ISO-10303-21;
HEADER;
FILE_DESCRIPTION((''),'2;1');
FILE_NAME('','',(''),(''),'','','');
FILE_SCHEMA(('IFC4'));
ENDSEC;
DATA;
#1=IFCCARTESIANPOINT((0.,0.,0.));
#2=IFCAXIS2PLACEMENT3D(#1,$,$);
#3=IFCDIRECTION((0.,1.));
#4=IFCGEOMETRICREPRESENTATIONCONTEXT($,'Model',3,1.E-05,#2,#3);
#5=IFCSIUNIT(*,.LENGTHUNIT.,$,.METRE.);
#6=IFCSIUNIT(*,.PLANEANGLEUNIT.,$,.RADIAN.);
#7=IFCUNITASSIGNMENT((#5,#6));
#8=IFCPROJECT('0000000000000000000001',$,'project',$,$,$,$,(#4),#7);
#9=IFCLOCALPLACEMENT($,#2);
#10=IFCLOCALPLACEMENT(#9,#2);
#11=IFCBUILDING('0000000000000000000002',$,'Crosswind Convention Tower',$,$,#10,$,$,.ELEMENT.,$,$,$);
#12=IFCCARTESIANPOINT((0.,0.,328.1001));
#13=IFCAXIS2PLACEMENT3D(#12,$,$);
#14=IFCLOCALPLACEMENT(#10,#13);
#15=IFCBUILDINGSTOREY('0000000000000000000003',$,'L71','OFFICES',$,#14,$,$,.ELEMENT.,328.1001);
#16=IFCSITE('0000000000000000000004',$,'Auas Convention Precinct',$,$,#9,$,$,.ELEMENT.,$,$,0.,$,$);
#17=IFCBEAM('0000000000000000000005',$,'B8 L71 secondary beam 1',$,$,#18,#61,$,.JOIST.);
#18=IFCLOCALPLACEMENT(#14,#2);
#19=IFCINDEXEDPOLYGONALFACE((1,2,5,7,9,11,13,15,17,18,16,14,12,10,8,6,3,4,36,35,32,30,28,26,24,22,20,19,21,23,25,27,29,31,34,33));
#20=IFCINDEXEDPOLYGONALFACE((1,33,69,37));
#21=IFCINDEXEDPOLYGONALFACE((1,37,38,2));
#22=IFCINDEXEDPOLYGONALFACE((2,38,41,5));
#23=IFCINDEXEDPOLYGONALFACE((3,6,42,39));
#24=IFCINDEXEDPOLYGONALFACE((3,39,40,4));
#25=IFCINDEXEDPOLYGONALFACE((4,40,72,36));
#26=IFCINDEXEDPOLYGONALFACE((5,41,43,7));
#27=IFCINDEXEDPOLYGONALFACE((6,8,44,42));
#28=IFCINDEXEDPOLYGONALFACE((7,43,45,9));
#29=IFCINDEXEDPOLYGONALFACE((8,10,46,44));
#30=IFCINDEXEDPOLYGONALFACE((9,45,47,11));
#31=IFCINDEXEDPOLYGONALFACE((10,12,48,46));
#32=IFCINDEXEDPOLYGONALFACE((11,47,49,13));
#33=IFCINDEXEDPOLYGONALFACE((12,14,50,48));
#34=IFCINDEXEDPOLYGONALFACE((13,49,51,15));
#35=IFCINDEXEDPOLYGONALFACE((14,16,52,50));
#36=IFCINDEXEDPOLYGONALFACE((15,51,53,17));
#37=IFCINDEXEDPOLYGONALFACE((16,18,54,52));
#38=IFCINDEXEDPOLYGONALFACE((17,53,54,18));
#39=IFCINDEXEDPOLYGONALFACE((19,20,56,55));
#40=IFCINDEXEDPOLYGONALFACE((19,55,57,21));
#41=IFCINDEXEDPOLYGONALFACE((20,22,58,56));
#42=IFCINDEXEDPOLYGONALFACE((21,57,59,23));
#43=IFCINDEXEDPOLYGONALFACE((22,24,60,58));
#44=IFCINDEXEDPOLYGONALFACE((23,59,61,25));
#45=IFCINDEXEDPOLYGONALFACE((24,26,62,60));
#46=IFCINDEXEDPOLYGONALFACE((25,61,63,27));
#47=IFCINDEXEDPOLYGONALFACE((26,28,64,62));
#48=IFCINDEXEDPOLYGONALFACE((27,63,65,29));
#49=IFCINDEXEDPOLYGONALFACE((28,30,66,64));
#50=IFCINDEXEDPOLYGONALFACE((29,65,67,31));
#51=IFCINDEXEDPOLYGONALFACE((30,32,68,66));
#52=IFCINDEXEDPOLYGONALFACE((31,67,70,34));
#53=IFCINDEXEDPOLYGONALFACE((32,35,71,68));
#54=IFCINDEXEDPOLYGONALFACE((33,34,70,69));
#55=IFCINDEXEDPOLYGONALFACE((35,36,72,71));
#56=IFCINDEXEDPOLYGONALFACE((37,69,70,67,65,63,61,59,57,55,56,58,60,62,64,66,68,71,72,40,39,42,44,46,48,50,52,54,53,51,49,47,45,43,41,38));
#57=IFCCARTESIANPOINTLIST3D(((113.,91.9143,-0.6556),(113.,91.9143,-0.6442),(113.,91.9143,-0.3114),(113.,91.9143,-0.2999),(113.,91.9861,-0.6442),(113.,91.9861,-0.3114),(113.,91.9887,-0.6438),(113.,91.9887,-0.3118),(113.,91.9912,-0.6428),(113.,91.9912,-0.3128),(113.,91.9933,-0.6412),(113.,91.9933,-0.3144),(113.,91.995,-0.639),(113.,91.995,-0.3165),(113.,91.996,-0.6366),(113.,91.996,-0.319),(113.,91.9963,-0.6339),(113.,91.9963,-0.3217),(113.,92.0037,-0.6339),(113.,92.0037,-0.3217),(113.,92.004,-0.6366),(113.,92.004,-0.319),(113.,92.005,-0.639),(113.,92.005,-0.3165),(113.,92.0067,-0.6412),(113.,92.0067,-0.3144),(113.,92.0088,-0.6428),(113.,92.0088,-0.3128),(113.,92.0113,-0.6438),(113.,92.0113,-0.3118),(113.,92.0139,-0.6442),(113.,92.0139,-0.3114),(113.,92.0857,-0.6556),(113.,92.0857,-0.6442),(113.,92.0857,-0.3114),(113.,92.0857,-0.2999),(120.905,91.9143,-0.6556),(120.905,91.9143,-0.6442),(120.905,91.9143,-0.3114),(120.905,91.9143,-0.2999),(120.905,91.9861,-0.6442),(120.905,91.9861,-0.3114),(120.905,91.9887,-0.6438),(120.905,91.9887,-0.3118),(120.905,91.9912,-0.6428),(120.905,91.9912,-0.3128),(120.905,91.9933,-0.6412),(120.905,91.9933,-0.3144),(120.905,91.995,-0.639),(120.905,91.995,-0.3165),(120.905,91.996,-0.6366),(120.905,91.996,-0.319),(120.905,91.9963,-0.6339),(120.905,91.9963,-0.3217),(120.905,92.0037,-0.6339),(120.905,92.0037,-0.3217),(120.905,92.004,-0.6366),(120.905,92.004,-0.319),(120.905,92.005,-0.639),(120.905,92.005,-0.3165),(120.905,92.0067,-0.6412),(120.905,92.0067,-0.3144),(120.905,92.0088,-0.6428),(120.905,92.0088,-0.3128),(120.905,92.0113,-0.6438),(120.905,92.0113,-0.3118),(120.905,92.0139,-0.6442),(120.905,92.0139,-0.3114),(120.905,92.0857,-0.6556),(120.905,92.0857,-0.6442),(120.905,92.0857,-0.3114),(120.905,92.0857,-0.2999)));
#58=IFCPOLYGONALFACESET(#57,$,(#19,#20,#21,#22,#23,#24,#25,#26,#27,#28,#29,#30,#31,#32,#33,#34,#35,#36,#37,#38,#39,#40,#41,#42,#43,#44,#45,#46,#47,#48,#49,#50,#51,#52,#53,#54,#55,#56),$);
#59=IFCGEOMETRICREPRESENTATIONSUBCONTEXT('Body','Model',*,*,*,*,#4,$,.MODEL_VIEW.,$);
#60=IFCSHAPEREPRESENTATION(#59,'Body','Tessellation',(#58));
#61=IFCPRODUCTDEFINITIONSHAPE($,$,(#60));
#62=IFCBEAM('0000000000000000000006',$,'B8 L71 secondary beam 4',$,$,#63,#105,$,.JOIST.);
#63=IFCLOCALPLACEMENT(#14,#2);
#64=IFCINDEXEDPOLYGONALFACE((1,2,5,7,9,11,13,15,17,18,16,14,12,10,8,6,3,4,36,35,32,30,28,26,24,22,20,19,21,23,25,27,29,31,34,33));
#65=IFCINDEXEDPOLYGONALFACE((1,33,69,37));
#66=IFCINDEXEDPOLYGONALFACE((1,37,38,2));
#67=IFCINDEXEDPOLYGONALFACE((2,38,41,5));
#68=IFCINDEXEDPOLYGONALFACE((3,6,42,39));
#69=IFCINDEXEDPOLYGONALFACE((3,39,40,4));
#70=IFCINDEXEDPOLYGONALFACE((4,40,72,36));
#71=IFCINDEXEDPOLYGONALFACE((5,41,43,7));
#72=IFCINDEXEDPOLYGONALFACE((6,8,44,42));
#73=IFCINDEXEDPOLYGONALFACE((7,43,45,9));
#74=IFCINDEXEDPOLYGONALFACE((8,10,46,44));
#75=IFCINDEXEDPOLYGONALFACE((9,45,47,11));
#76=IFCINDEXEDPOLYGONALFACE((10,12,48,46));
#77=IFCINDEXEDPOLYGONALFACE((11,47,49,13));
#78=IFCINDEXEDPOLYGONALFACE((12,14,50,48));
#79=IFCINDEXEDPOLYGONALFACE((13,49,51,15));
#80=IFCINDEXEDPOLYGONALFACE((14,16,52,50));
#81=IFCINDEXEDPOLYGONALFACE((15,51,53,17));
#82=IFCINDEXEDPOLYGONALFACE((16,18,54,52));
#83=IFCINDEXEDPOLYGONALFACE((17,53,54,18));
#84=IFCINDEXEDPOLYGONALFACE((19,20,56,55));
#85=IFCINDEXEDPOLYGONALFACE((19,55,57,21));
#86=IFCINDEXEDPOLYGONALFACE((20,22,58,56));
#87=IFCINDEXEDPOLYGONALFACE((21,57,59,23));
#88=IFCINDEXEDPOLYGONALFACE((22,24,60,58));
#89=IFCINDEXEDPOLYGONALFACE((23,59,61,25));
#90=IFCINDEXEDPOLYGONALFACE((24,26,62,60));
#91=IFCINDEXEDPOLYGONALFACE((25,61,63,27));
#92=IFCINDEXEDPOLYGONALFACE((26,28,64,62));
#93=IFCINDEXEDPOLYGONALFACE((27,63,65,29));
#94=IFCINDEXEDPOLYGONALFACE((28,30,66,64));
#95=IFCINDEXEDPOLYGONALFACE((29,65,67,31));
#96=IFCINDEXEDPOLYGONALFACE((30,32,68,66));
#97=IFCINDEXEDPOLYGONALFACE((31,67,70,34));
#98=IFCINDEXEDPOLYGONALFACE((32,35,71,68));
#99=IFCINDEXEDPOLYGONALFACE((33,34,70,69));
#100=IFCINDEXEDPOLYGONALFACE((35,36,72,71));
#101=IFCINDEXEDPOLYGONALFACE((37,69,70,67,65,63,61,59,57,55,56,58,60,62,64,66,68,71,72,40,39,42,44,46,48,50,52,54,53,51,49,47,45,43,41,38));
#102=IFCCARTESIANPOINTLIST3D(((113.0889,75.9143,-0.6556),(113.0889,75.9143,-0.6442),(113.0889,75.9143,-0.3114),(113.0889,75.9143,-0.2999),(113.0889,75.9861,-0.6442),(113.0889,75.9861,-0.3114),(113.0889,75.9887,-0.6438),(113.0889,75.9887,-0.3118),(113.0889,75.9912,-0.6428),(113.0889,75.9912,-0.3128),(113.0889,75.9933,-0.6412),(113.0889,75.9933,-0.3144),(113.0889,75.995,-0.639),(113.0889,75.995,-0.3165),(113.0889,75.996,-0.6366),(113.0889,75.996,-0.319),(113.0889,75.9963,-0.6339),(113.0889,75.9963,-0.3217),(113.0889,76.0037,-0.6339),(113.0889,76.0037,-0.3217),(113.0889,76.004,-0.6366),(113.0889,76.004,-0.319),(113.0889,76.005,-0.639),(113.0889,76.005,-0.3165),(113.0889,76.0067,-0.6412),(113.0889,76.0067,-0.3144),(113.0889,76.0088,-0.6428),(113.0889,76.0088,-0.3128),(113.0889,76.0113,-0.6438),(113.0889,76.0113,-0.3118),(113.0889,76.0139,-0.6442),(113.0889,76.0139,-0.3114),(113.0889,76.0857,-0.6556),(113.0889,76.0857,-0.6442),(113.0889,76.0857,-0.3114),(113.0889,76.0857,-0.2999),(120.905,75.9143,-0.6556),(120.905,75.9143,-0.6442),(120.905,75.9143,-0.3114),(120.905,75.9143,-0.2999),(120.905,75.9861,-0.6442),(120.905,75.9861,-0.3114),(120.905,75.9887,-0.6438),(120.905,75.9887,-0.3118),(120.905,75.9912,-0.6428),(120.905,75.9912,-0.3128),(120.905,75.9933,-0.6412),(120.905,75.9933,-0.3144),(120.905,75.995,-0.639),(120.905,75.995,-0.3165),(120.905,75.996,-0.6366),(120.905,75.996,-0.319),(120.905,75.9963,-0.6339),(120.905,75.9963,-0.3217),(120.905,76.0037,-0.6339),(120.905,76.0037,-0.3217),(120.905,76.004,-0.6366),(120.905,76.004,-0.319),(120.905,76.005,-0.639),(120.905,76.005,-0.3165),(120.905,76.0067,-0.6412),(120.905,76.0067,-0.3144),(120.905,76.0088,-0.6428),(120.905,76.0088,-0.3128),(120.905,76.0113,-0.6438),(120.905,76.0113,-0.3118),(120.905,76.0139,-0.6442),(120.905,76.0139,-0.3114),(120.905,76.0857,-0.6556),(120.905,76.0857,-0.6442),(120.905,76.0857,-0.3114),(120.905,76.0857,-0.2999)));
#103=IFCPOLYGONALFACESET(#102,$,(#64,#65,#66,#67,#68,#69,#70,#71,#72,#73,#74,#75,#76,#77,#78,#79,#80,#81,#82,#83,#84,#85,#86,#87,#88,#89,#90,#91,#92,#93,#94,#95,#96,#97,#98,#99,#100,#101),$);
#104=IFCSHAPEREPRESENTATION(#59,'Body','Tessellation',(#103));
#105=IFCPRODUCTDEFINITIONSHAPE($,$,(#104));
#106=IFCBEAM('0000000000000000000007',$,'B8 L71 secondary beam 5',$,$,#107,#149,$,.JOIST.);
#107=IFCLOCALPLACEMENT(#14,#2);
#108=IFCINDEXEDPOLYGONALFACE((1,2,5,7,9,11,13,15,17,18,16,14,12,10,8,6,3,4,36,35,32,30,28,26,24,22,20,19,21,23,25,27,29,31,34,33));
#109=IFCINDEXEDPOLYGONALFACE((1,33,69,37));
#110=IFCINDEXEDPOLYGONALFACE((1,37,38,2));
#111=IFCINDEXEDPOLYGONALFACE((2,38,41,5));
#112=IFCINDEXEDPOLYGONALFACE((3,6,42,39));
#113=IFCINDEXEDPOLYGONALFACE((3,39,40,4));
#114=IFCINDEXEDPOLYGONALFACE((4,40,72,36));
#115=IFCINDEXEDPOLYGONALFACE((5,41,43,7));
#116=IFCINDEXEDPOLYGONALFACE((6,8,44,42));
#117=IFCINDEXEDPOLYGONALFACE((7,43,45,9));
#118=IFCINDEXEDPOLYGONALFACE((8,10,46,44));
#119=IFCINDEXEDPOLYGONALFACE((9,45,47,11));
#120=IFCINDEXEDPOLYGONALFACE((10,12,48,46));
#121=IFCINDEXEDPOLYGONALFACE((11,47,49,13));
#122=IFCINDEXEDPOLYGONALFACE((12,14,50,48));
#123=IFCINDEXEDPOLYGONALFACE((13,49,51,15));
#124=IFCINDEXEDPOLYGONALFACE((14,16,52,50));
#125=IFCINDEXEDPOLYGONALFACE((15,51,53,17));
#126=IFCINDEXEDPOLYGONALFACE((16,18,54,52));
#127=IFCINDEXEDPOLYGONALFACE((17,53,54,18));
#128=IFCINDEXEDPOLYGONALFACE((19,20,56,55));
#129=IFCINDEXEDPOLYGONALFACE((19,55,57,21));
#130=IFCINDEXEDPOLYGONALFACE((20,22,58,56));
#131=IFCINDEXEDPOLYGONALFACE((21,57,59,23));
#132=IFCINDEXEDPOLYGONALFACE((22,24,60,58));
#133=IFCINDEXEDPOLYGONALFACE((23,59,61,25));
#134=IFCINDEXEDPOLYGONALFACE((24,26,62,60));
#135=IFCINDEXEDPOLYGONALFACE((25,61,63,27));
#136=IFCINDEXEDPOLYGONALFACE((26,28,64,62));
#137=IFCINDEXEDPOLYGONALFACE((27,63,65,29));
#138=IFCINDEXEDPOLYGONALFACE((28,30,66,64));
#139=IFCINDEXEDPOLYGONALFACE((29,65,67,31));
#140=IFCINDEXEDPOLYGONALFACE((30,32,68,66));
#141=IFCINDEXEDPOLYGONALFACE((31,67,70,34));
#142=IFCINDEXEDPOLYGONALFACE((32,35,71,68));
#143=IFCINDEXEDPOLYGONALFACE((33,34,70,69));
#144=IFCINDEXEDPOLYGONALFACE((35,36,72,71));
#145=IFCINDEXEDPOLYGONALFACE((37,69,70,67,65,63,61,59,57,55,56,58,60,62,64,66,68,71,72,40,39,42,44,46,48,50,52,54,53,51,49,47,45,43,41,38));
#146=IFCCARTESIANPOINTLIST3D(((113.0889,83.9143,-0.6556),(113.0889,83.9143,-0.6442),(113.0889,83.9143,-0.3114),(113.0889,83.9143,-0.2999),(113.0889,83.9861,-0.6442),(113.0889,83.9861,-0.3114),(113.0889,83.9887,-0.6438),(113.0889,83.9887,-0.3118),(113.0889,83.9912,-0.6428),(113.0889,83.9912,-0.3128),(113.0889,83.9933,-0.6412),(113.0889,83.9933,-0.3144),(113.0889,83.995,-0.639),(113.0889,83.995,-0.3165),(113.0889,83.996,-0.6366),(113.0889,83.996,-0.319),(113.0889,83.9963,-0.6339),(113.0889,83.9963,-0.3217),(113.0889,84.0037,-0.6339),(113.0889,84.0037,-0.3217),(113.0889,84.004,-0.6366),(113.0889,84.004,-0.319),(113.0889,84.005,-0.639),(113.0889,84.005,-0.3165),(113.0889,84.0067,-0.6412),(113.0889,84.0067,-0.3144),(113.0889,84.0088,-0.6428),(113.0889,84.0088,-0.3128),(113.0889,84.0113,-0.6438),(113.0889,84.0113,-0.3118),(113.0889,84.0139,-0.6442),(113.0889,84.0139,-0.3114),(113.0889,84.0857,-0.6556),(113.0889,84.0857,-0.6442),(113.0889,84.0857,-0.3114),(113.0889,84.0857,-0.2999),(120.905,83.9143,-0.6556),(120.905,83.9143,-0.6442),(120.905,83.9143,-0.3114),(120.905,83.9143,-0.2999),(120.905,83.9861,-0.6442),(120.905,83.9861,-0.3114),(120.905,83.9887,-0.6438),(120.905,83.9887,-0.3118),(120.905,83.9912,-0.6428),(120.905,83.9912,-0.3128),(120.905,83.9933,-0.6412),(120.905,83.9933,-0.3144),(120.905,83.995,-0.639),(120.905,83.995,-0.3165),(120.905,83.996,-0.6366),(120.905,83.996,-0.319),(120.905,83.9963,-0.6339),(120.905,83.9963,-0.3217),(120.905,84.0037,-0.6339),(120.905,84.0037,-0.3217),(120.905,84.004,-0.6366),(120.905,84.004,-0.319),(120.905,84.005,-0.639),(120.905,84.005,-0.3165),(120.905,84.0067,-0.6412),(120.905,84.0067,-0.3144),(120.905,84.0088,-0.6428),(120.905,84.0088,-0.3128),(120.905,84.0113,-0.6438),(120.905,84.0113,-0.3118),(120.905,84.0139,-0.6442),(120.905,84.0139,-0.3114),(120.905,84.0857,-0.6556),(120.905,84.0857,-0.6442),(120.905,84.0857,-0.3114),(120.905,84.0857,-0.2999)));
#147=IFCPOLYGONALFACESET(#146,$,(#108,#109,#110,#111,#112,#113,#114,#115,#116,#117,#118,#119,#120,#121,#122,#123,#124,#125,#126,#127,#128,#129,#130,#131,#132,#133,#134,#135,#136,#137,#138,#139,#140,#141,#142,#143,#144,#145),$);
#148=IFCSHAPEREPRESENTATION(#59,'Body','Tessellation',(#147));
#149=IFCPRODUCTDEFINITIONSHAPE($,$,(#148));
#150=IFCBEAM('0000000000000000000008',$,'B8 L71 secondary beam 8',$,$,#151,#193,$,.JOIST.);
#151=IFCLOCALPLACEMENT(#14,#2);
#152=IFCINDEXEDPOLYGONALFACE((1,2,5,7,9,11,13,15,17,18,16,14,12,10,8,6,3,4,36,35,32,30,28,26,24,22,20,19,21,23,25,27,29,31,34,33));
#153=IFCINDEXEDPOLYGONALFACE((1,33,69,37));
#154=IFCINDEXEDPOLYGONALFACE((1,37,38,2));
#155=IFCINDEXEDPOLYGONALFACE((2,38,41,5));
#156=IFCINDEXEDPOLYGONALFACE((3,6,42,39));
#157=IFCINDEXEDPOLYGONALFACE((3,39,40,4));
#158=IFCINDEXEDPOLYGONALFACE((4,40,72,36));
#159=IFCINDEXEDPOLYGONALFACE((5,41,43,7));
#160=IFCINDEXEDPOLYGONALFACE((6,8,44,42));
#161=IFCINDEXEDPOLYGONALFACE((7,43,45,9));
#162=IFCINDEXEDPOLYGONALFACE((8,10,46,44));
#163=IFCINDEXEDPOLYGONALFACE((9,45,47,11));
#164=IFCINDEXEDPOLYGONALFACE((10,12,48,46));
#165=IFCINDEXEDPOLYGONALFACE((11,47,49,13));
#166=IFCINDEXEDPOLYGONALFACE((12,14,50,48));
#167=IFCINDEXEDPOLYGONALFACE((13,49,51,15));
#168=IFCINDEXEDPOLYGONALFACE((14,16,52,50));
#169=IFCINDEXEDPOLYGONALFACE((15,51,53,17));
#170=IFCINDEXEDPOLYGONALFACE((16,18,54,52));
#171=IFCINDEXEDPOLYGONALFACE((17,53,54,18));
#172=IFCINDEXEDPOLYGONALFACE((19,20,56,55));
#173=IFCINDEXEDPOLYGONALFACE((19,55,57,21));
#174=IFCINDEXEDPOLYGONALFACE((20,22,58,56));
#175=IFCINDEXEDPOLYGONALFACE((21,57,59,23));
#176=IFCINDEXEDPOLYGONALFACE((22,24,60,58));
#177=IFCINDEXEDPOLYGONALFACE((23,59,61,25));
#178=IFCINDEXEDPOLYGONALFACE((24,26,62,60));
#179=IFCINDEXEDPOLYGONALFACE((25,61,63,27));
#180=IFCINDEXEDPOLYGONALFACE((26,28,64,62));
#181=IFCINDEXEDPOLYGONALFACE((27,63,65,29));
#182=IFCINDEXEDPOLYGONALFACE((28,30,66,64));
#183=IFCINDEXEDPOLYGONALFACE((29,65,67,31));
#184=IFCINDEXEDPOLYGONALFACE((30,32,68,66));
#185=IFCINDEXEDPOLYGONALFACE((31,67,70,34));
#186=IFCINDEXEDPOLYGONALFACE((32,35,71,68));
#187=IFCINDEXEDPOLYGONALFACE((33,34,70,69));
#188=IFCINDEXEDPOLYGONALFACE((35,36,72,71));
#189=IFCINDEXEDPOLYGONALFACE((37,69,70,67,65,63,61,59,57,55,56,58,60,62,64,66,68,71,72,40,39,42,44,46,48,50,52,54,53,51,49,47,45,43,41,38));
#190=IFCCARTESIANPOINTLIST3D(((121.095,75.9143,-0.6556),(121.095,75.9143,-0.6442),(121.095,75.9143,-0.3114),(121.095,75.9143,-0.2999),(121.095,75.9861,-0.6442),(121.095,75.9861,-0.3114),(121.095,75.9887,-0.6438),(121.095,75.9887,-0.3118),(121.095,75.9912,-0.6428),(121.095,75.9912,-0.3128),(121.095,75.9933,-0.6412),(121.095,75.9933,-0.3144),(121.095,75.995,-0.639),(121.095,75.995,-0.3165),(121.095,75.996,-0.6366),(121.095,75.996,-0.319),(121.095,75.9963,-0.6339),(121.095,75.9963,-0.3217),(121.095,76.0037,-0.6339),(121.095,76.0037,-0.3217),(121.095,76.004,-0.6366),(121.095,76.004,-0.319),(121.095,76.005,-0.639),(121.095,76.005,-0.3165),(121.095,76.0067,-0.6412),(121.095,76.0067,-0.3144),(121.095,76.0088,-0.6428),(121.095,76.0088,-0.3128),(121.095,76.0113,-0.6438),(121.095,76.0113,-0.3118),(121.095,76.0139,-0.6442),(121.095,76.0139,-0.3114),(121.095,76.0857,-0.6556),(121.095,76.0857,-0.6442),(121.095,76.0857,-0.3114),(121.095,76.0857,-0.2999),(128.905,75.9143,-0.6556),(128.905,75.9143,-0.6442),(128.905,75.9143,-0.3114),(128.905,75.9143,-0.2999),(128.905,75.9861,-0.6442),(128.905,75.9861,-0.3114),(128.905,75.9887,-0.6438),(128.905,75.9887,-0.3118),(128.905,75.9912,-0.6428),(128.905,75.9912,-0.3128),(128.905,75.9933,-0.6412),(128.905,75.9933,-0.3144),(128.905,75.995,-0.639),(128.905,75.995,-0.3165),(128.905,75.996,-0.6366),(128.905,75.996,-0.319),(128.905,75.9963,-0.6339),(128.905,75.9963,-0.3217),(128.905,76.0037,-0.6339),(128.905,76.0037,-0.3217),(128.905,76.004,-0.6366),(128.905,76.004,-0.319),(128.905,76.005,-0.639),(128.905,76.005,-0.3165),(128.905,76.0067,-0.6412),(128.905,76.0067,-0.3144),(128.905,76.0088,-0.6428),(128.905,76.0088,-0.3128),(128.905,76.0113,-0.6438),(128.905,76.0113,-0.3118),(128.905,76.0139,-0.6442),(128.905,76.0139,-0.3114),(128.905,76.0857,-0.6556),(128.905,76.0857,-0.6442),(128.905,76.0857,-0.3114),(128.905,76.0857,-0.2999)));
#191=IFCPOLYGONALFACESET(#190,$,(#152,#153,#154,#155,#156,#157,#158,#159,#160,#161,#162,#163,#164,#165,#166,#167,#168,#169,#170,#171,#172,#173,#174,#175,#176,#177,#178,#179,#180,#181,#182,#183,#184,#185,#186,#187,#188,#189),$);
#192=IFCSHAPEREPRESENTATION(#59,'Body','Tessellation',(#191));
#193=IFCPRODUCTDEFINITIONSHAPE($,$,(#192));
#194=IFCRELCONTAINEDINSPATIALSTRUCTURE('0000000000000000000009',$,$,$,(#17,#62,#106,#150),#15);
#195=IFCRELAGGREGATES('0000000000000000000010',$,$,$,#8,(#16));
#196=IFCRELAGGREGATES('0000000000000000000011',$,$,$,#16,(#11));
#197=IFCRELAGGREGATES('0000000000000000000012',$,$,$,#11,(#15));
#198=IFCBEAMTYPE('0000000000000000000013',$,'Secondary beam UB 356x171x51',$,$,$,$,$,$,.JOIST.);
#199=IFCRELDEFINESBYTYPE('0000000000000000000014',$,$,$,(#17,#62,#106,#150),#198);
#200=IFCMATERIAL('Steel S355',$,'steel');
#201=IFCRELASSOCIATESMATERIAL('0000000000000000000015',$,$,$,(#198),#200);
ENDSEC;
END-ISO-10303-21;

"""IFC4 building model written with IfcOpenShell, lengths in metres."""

from ifc_helpers import new_model, si_unit, direction, frame, origin, origin_2d, place, context, subcontext, project, spatial, i_section, extrude, material, material_profile, profile_set, type_object, element, save


model = new_model("IFC4")

# Units and contexts
model_context = context("Model", 3, precision=1e-05, world=origin(), true_north=direction((0.0, 1.0)))
body_context = subcontext(model_context, "Body", "Model", "MODEL_VIEW")
ifc_project = project(units=[si_unit("LENGTHUNIT", "METRE"), si_unit("PLANEANGLEUNIT", "RADIAN")], contexts=[model_context])

# Site, building, storey
site_placement = place(None, origin())
site = spatial("IfcSite", under=ifc_project, at=site_placement, Name="Auas Convention Precinct", CompositionType="ELEMENT", RefElevation=0.0)
building_placement = place(site_placement, origin())
building = spatial("IfcBuilding", under=site, at=building_placement, Name="Crosswind Convention Tower", CompositionType="ELEMENT")
storey_placement = place(building_placement, frame((0.0, 0.0, 328.1001)))
storey = spatial("IfcBuildingStorey", under=building, at=storey_placement, Name="L71", Description="OFFICES", CompositionType="ELEMENT", Elevation=328.1001)

# Beams
ifc_material_1 = material(Name="Steel S355", Category="steel")
ifc_material_profile_1 = material_profile(ifc_material_1, i_section(OverallWidth=0.1714, OverallDepth=0.3557, WebThickness=0.0073, FlangeThickness=0.0115, FilletRadius=0.0103, at=origin_2d()), Name="UB 356x171x51")
ifc_profile_set_1 = profile_set([ifc_material_profile_1], Name="Steel S355")
beam_type_1 = type_object("IfcBeamType", Name="Secondary beam UB 356x171x51", PredefinedType="JOIST", material=ifc_profile_set_1)
beam_1_placement = place(storey_placement, frame((113.0, 92.0, -0.4778), z_axis=(1.0, 0.0, 0.0), x_axis=(0.0, 1.0, 0.0)))
element("IfcBeam", 1, at=beam_1_placement, inside=storey, type_object=beam_type_1, Name="B8 L71 secondary beam 1", PredefinedType="JOIST", context=body_context, shape_type="SweptSolid", body=[
    extrude(i_section(OverallWidth=0.1714, OverallDepth=0.3557, WebThickness=0.0073, FlangeThickness=0.0115, FilletRadius=0.0103, at=origin_2d()), origin(), (0.0, 0.0, 1.0), 7.905),
])
for number, where, z_axis, x_axis, name in (
    (2, (113.0889, 76.0, -0.4778), (1.0, 0.0, 0.0), (0.0, 1.0, 0.0), "B8 L71 secondary beam 4"),
    (3, (113.0889, 84.0, -0.4778), (1.0, 0.0, 0.0), (0.0, 1.0, 0.0), "B8 L71 secondary beam 5"),
):
    element("IfcBeam", number, at=place(storey_placement, frame(where, z_axis=z_axis, x_axis=x_axis)), inside=storey, type_object=beam_type_1, Name=name, PredefinedType="JOIST", context=body_context, shape_type="SweptSolid", body=[
        extrude(i_section(OverallWidth=0.1714, OverallDepth=0.3557, WebThickness=0.0073, FlangeThickness=0.0115, FilletRadius=0.0103, at=origin_2d()), origin(), (0.0, 0.0, 1.0), 7.8162),
    ])
for number, where, z_axis, x_axis, name in (
    (4, (121.095, 76.0, -0.4778), (1.0, 0.0, 0.0), (0.0, 1.0, 0.0), "B8 L71 secondary beam 8"),
):
    element("IfcBeam", number, at=place(storey_placement, frame(where, z_axis=z_axis, x_axis=x_axis)), inside=storey, type_object=beam_type_1, Name=name, PredefinedType="JOIST", context=body_context, shape_type="SweptSolid", body=[
        extrude(i_section(OverallWidth=0.1714, OverallDepth=0.3557, WebThickness=0.0073, FlangeThickness=0.0115, FilletRadius=0.0103, at=origin_2d()), origin(), (0.0, 0.0, 1.0), 7.8101),
    ])

save(model, "model.ifc")
